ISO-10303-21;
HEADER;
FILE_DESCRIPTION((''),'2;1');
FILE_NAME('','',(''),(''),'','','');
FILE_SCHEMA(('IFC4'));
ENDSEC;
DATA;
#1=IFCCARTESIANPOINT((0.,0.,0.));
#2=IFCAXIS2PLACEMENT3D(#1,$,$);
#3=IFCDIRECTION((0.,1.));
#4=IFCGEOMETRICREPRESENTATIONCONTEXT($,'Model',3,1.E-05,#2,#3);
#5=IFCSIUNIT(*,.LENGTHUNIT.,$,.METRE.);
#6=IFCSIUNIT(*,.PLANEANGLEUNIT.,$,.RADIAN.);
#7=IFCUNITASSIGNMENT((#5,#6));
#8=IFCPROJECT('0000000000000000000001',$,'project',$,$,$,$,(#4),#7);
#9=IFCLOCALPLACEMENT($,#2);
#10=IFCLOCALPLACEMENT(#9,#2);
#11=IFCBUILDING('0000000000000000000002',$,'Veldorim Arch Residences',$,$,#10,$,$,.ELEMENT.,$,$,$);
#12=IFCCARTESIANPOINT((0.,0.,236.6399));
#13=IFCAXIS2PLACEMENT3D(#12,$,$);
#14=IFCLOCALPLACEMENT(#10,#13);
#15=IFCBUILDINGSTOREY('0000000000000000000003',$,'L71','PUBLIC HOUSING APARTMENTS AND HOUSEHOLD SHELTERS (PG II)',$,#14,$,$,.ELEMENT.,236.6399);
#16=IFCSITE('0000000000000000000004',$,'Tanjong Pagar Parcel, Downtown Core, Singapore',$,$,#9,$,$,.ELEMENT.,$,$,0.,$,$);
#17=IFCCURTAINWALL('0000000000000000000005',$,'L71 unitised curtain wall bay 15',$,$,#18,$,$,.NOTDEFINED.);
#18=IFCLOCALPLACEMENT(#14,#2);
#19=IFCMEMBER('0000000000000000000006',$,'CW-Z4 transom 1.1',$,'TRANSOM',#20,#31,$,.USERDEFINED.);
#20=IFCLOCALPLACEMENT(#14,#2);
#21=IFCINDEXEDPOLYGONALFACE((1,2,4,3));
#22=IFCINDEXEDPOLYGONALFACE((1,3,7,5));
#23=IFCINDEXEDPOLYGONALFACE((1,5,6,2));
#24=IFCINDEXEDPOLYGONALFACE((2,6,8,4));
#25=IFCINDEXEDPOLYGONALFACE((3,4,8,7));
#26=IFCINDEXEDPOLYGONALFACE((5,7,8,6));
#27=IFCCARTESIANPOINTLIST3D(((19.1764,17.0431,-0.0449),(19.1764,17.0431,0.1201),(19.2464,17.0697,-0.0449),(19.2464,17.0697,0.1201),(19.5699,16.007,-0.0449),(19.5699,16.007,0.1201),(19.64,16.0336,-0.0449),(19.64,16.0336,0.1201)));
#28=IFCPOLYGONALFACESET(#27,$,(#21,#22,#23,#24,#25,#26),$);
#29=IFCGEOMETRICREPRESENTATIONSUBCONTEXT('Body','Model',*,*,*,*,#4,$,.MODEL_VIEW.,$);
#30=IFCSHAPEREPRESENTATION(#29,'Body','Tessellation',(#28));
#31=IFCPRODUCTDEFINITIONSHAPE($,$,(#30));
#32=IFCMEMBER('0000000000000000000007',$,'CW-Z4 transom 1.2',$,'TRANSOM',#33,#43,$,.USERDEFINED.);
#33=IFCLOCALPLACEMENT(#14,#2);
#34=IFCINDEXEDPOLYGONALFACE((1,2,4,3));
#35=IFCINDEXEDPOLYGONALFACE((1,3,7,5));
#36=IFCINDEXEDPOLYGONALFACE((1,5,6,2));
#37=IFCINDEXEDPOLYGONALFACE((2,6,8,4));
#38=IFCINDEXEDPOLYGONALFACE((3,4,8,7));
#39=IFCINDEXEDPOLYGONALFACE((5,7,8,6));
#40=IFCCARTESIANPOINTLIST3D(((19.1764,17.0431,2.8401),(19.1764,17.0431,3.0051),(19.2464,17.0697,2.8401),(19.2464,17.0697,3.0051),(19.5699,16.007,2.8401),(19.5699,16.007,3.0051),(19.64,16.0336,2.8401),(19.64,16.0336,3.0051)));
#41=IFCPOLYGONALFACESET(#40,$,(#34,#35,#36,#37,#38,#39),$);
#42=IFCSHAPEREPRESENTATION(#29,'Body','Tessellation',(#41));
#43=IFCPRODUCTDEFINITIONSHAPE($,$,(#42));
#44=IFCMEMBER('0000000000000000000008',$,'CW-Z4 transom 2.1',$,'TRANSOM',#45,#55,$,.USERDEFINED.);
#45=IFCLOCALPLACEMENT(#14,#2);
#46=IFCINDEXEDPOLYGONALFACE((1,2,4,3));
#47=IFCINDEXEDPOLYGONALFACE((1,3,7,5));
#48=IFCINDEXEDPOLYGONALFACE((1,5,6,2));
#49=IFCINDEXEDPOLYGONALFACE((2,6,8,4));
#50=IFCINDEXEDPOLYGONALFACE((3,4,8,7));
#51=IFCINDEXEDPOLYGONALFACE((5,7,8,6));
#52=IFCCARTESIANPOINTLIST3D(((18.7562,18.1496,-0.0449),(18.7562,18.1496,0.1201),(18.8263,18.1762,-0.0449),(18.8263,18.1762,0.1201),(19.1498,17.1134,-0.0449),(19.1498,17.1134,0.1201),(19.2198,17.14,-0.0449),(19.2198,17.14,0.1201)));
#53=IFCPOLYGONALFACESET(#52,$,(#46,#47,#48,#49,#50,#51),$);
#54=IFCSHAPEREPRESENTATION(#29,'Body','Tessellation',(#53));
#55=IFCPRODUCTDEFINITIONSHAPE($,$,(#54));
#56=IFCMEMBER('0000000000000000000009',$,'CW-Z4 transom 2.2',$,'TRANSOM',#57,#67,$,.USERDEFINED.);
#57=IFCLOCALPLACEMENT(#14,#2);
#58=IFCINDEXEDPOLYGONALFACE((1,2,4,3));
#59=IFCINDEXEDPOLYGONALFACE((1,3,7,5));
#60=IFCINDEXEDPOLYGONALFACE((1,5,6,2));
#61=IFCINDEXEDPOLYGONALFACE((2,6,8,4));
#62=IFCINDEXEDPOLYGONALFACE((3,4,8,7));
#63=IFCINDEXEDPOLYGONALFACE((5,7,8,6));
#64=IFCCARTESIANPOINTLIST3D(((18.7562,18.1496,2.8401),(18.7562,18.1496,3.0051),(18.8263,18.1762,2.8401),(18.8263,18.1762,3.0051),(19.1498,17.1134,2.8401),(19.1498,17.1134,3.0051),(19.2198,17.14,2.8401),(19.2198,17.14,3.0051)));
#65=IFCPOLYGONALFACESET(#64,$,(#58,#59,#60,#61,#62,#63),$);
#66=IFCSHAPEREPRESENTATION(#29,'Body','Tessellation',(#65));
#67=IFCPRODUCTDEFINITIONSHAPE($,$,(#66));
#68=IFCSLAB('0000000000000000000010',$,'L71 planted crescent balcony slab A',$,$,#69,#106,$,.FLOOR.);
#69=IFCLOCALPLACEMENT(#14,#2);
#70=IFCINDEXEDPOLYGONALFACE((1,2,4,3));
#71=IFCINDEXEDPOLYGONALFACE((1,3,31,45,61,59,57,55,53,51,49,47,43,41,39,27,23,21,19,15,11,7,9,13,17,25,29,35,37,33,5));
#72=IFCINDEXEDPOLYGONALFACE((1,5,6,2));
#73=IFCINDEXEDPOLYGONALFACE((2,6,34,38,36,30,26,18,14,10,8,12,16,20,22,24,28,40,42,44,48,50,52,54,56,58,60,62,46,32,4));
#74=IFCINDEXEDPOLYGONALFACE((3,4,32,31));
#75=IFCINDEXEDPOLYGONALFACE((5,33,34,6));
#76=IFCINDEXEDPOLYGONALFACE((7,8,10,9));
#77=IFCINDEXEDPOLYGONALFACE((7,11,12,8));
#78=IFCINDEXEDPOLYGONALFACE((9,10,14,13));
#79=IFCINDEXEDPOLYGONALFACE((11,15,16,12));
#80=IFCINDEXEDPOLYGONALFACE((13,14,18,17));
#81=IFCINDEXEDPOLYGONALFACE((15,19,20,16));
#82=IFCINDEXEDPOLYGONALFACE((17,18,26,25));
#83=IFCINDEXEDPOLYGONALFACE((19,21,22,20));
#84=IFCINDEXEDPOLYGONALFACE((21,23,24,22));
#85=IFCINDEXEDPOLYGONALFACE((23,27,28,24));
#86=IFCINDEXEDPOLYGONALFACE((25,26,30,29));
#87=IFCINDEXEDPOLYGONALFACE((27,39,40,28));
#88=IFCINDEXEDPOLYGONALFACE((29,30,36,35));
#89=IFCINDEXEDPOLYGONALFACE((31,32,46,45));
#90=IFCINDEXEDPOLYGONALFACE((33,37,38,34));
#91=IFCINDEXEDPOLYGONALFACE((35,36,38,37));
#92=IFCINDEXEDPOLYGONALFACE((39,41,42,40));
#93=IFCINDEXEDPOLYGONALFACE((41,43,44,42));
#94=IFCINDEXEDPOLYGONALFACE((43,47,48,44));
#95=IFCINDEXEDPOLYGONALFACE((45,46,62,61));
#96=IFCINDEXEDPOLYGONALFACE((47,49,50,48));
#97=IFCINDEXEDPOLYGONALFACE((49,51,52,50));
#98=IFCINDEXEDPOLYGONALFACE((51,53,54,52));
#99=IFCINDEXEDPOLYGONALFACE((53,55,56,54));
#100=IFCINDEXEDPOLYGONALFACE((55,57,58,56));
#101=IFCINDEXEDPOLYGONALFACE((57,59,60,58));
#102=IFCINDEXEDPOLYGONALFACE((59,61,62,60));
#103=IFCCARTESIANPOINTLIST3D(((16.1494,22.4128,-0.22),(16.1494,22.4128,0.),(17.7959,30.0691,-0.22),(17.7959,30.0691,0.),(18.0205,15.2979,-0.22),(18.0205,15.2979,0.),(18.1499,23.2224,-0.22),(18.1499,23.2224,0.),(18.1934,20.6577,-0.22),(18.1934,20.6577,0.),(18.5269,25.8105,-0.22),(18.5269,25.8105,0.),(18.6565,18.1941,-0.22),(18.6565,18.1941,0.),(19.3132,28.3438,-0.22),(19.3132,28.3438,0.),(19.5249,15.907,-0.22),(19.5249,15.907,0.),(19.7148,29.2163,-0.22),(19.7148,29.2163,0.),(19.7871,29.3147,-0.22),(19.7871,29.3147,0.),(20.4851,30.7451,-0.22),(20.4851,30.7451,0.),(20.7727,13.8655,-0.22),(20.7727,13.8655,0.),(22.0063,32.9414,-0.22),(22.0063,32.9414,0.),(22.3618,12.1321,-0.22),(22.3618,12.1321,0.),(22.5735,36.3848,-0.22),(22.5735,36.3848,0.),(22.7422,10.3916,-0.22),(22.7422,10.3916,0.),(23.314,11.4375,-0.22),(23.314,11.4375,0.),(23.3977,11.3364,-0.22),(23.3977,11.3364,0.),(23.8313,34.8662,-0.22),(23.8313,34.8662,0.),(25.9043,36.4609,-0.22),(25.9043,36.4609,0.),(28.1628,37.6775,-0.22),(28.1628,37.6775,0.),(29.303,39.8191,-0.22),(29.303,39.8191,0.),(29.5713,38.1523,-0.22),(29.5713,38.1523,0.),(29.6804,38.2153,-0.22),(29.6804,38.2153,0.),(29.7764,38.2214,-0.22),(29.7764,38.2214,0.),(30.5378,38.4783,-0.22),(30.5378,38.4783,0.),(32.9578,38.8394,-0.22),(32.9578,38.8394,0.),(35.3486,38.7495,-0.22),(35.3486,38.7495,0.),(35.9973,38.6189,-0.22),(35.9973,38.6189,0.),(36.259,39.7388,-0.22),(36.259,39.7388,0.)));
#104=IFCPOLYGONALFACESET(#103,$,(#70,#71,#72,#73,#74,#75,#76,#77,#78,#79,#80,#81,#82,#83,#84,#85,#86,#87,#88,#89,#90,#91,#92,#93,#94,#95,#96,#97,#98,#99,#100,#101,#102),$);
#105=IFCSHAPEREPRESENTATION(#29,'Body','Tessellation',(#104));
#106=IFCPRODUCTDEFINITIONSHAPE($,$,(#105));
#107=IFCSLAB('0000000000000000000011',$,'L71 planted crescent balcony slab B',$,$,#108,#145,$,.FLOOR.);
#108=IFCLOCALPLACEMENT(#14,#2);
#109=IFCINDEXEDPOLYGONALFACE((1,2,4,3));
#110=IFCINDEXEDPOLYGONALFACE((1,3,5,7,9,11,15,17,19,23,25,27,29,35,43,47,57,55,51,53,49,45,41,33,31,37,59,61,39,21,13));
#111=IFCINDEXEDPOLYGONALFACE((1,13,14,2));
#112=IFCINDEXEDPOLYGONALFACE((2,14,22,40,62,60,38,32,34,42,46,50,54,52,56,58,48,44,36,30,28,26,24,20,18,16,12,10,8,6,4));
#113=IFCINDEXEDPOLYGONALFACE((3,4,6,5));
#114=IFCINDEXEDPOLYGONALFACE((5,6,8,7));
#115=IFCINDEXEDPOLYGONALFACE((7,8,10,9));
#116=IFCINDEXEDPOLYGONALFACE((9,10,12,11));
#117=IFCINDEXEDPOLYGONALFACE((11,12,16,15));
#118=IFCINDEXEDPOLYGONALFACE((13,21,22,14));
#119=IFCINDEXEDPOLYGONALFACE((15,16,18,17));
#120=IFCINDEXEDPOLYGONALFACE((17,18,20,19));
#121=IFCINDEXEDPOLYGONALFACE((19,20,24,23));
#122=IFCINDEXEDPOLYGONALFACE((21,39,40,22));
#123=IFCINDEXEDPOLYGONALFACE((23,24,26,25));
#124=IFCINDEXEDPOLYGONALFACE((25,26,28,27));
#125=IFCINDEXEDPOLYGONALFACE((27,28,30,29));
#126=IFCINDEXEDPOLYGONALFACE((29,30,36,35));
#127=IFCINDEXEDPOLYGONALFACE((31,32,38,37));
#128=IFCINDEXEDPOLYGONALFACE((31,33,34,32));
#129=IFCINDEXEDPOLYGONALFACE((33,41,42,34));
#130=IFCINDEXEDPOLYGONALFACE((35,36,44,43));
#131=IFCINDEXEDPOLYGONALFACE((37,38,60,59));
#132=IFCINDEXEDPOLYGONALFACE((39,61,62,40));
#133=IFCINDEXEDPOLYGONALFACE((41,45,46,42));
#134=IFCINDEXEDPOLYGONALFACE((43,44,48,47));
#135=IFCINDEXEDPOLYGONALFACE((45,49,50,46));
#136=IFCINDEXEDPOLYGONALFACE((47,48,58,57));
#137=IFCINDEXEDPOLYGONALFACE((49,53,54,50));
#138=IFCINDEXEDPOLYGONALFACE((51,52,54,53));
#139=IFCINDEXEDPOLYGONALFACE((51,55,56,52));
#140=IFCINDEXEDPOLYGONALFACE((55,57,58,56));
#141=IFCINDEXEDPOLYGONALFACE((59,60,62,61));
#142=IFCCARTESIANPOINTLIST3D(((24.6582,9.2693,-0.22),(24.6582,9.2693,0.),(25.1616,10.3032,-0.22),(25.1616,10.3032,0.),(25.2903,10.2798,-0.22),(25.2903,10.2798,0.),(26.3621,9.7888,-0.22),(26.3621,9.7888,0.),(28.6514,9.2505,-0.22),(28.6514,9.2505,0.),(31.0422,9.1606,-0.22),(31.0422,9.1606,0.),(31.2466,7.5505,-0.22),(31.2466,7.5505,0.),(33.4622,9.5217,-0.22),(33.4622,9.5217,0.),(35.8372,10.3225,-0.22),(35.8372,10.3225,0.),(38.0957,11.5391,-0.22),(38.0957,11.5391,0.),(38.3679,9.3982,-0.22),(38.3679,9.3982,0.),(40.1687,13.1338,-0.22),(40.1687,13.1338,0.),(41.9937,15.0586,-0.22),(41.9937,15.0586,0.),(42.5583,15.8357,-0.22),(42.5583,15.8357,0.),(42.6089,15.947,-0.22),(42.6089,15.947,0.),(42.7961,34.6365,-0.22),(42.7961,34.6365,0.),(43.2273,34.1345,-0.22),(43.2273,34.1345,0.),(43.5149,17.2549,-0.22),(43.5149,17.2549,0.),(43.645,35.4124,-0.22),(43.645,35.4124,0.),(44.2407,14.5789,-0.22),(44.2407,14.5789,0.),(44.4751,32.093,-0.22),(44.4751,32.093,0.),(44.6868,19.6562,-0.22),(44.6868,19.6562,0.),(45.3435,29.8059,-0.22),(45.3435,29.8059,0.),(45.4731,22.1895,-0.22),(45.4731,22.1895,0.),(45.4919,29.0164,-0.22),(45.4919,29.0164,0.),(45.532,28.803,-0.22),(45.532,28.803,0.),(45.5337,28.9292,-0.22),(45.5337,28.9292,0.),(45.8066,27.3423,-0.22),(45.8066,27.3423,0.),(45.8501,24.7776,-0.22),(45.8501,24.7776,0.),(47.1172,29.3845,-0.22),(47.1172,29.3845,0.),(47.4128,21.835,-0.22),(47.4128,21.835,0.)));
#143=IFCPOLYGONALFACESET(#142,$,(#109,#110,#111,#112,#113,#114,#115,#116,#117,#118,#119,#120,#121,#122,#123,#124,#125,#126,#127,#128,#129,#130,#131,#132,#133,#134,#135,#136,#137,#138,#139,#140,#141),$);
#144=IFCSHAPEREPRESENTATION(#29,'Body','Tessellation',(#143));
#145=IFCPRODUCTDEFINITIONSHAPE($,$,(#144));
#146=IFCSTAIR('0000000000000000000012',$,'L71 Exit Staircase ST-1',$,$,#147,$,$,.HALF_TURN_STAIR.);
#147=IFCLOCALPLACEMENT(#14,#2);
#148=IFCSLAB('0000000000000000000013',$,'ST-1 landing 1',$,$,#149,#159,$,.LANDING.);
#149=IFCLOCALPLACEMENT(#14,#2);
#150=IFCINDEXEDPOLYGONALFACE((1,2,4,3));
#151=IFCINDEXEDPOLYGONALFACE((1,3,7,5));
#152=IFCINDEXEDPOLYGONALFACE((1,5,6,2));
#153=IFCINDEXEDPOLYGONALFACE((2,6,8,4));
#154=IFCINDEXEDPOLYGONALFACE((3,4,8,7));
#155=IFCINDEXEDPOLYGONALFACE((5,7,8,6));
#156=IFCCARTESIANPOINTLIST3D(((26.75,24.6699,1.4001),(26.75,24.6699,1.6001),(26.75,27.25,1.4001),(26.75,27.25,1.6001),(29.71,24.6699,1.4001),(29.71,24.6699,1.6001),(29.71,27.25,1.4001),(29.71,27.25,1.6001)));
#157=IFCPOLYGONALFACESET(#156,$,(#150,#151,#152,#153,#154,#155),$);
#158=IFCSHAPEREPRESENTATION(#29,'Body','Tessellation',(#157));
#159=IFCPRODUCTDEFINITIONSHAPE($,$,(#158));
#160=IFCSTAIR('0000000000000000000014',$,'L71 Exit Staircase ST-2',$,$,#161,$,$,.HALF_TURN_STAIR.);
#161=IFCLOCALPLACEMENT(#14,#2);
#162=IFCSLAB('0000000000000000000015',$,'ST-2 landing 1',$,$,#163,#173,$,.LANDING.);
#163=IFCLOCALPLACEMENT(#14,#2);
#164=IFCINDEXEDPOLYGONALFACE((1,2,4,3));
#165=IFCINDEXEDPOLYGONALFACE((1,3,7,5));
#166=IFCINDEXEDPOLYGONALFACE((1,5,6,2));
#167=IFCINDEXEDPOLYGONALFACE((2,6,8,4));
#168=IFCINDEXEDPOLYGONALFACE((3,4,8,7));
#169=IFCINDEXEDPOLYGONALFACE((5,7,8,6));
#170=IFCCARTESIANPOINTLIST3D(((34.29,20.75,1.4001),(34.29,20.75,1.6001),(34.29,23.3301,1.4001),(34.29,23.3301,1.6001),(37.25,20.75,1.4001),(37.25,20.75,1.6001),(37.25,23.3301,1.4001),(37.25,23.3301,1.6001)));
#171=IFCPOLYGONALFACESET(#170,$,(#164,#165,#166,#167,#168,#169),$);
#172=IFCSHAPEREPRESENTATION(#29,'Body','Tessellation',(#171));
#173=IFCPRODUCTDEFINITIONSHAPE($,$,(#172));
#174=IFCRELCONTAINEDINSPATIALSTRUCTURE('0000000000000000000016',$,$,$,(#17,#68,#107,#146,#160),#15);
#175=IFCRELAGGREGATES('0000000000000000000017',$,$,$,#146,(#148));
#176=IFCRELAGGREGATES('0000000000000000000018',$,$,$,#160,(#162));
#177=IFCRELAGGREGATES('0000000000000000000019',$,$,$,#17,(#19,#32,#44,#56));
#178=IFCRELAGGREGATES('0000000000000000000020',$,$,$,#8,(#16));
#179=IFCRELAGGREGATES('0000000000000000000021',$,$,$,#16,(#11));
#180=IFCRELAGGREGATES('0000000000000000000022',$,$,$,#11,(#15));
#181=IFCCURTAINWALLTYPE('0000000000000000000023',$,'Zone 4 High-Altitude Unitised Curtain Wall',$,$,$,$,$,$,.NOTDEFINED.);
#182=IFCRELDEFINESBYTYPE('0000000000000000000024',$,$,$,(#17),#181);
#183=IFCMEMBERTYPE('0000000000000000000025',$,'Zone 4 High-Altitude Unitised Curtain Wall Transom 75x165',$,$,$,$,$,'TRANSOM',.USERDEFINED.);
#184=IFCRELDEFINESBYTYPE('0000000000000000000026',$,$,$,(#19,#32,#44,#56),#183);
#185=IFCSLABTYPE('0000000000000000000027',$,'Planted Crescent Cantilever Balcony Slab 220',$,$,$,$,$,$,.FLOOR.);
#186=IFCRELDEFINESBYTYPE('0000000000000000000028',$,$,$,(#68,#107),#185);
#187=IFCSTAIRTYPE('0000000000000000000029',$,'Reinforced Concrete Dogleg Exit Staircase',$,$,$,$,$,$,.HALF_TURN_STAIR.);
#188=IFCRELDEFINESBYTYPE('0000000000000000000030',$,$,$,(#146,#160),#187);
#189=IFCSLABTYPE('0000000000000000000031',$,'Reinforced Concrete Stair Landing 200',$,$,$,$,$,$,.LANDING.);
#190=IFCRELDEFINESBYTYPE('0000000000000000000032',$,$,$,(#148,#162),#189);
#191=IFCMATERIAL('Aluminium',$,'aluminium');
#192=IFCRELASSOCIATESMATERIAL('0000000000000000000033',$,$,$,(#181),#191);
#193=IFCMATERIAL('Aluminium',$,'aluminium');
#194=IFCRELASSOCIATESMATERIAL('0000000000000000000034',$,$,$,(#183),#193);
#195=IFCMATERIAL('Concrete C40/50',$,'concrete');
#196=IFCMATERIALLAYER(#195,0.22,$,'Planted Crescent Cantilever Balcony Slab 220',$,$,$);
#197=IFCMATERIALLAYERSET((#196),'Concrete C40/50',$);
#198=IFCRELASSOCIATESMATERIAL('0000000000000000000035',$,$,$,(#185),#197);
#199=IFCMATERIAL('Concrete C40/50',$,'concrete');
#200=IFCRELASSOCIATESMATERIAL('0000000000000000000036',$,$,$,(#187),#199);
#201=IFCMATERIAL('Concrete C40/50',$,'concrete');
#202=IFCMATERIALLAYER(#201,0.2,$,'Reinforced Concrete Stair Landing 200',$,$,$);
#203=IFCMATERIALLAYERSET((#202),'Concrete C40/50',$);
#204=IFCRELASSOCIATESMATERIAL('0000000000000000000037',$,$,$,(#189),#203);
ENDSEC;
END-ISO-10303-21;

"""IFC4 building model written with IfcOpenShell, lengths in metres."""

from ifc_helpers import new_model, si_unit, direction, frame, origin, origin_2d, place, context, subcontext, project, spatial, polyline, rectangle, outline, extrude, material, layer, layer_set, material_profile, profile_set, type_object, element, aggregate, save


model = new_model("IFC4")

# Units and contexts
model_context = context("Model", 3, precision=1e-05, world=origin(), true_north=direction((0.0, 1.0)))
body_context = subcontext(model_context, "Body", "Model", "MODEL_VIEW")
ifc_project = project(units=[si_unit("LENGTHUNIT", "METRE"), si_unit("PLANEANGLEUNIT", "RADIAN")], contexts=[model_context])

# Site, building, storey
site_placement = place(None, origin())
site = spatial("IfcSite", under=ifc_project, at=site_placement, Name="Tanjong Pagar Parcel, Downtown Core, Singapore", CompositionType="ELEMENT", RefElevation=0.0)
building_placement = place(site_placement, origin())
building = spatial("IfcBuilding", under=site, at=building_placement, Name="Veldorim Arch Residences", CompositionType="ELEMENT")
storey_placement = place(building_placement, frame((0.0, 0.0, 236.6399)))
storey = spatial("IfcBuildingStorey", under=building, at=storey_placement, Name="L71", Description="PUBLIC HOUSING APARTMENTS AND HOUSEHOLD SHELTERS (PG II)", CompositionType="ELEMENT", Elevation=236.6399)

# Curtain wall, members
ifc_material_1 = material(Name="Aluminium", Category="aluminium")
curtain_wall_type = type_object("IfcCurtainWallType", Name="Zone 4 High-Altitude Unitised Curtain Wall", PredefinedType="NOTDEFINED", material=ifc_material_1)
curtain_wall_placement = place(storey_placement, origin())
curtain_wall = element("IfcCurtainWall", 1, at=curtain_wall_placement, inside=storey, type_object=curtain_wall_type, Name="L71 unitised curtain wall bay 15", PredefinedType="NOTDEFINED")
ifc_material_2 = material(Name="Aluminium", Category="aluminium")
ifc_material_profile_1 = material_profile(ifc_material_2, rectangle(XDim=0.075, YDim=0.165, at=origin_2d()), Name="ALU_TRN_75x165")
ifc_profile_set_1 = profile_set([ifc_material_profile_1], Name="Aluminium")
member_type_1 = type_object("IfcMemberType", Name="Zone 4 High-Altitude Unitised Curtain Wall Transom 75x165", ElementType="TRANSOM", PredefinedType="USERDEFINED", material=ifc_profile_set_1)
member_1_placement = place(storey_placement, frame((19.605, 16.0203, 0.0376), z_axis=(-0.355079, 0.934836, 0.0), x_axis=(-0.934836, -0.355079, 0.0)))
member_1 = element("IfcMember", 2, at=member_1_placement, type_object=member_type_1, Name="CW-Z4 transom 1.1", ObjectType="TRANSOM", PredefinedType="USERDEFINED", context=body_context, shape_type="SweptSolid", body=[
    extrude(rectangle(XDim=0.075, YDim=0.165, at=origin_2d()), origin(), (0.0, 0.0, 1.0), 1.1084),
])
member_2_placement = place(storey_placement, frame((19.605, 16.0203, 2.9226), z_axis=(-0.355079, 0.934836, 0.0), x_axis=(-0.934836, -0.355079, 0.0)))
member_2 = element("IfcMember", 3, at=member_2_placement, type_object=member_type_1, Name="CW-Z4 transom 1.2", ObjectType="TRANSOM", PredefinedType="USERDEFINED", context=body_context, shape_type="SweptSolid", body=[
    extrude(rectangle(XDim=0.075, YDim=0.165, at=origin_2d()), origin(), (0.0, 0.0, 1.0), 1.1084),
])
member_3_placement = place(storey_placement, frame((19.1848, 17.1267, 0.0376), z_axis=(-0.355079, 0.934836, 0.0), x_axis=(-0.934836, -0.355079, 0.0)))
member_3 = element("IfcMember", 4, at=member_3_placement, type_object=member_type_1, Name="CW-Z4 transom 2.1", ObjectType="TRANSOM", PredefinedType="USERDEFINED", context=body_context, shape_type="SweptSolid", body=[
    extrude(rectangle(XDim=0.075, YDim=0.165, at=origin_2d()), origin(), (0.0, 0.0, 1.0), 1.1084),
])
member_4_placement = place(storey_placement, frame((19.1848, 17.1267, 2.9226), z_axis=(-0.355079, 0.934836, 0.0), x_axis=(-0.934836, -0.355079, 0.0)))
member_4 = element("IfcMember", 5, at=member_4_placement, type_object=member_type_1, Name="CW-Z4 transom 2.2", ObjectType="TRANSOM", PredefinedType="USERDEFINED", context=body_context, shape_type="SweptSolid", body=[
    extrude(rectangle(XDim=0.075, YDim=0.165, at=origin_2d()), origin(), (0.0, 0.0, 1.0), 1.1084),
])

# Slabs
ifc_material_3 = material(Name="Concrete C40/50", Category="concrete")
ifc_layer_1 = layer(ifc_material_3, 0.22, Name="Planted Crescent Cantilever Balcony Slab 220")
ifc_layer_set_1 = layer_set([ifc_layer_1], Name="Concrete C40/50")
slab_type_1 = type_object("IfcSlabType", Name="Planted Crescent Cantilever Balcony Slab 220", PredefinedType="FLOOR", material=ifc_layer_set_1)
slab_1_placement = place(storey_placement, frame((0.0, 0.0, -0.22)))
element("IfcSlab", 6, at=slab_1_placement, inside=storey, type_object=slab_type_1, Name="L71 planted crescent balcony slab A", PredefinedType="FLOOR", context=body_context, shape_type="SweptSolid", body=[
    extrude(outline(polyline([(35.9973, 38.6189), (35.3486, 38.7495), (32.9578, 38.8394), (30.5378, 38.4783), (29.7764, 38.2214), (29.6804, 38.2153), (29.5713, 38.1523), (28.1628, 37.6775), (25.9043, 36.4609), (23.8313, 34.8662), (22.0063, 32.9414), (20.4851, 30.7451), (19.7871, 29.3147), (19.7148, 29.2163), (19.3132, 28.3438), (18.5269, 25.8105), (18.1499, 23.2224), (18.1934, 20.6577), (18.6565, 18.1941), (19.5249, 15.907), (20.7727, 13.8655), (22.3618, 12.1321), (23.314, 11.4375), (23.3977, 11.3364), (22.7422, 10.3916), (18.0205, 15.2979), (16.1494, 22.4128), (17.7959, 30.0691), (22.5735, 36.3848), (29.303, 39.8191), (36.259, 39.7388), (35.9973, 38.6189)])), origin(), (0.0, 0.0, 1.0), 0.22),
])
slab_2_placement = place(storey_placement, frame((0.0, 0.0, -0.22)))
element("IfcSlab", 7, at=slab_2_placement, inside=storey, type_object=slab_type_1, Name="L71 planted crescent balcony slab B", PredefinedType="FLOOR", context=body_context, shape_type="SweptSolid", body=[
    extrude(outline(polyline([(25.2903, 10.2798), (26.3621, 9.7888), (28.6514, 9.2505), (31.0422, 9.1606), (33.4622, 9.5217), (35.8372, 10.3225), (38.0957, 11.5391), (40.1687, 13.1338), (41.9937, 15.0586), (42.5583, 15.8357), (42.6089, 15.947), (43.5149, 17.2549), (44.6868, 19.6562), (45.4731, 22.1895), (45.8501, 24.7776), (45.8066, 27.3423), (45.532, 28.803), (45.5337, 28.9292), (45.4919, 29.0164), (45.3435, 29.8059), (44.4751, 32.093), (43.2273, 34.1345), (42.7961, 34.6365), (43.645, 35.4124), (47.1172, 29.3845), (47.4128, 21.835), (44.2407, 14.5789), (38.3679, 9.3982), (31.2466, 7.5505), (24.6582, 9.2693), (25.1616, 10.3032), (25.2903, 10.2798)])), origin(), (0.0, 0.0, 1.0), 0.22),
])

# Stairs, slabs
ifc_material_4 = material(Name="Concrete C40/50", Category="concrete")
stair_type = type_object("IfcStairType", Name="Reinforced Concrete Dogleg Exit Staircase", PredefinedType="HALF_TURN_STAIR", material=ifc_material_4)
stair_1_placement = place(storey_placement, origin())
stair_1 = element("IfcStair", 8, at=stair_1_placement, inside=storey, type_object=stair_type, Name="L71 Exit Staircase ST-1", PredefinedType="HALF_TURN_STAIR")
ifc_material_5 = material(Name="Concrete C40/50", Category="concrete")
ifc_layer_2 = layer(ifc_material_5, 0.2, Name="Reinforced Concrete Stair Landing 200")
ifc_layer_set_2 = layer_set([ifc_layer_2], Name="Concrete C40/50")
slab_type_2 = type_object("IfcSlabType", Name="Reinforced Concrete Stair Landing 200", PredefinedType="LANDING", material=ifc_layer_set_2)
slab_3_placement = place(storey_placement, frame((0.0, 0.0, 1.4001)))
slab_3 = element("IfcSlab", 9, at=slab_3_placement, type_object=slab_type_2, Name="ST-1 landing 1", PredefinedType="LANDING", context=body_context, shape_type="SweptSolid", body=[
    extrude(outline(polyline([(29.71, 24.6699), (29.71, 27.25), (26.75, 27.25), (26.75, 24.6699), (29.71, 24.6699)])), origin(), (0.0, 0.0, 1.0), 0.2),
])
aggregate(stair_1, [slab_3])
stair_2_placement = place(storey_placement, origin())
stair_2 = element("IfcStair", 10, at=stair_2_placement, inside=storey, type_object=stair_type, Name="L71 Exit Staircase ST-2", PredefinedType="HALF_TURN_STAIR")
slab_4_placement = place(storey_placement, frame((0.0, 0.0, 1.4001)))
slab_4 = element("IfcSlab", 11, at=slab_4_placement, type_object=slab_type_2, Name="ST-2 landing 1", PredefinedType="LANDING", context=body_context, shape_type="SweptSolid", body=[
    extrude(outline(polyline([(34.29, 23.3301), (34.29, 20.75), (37.25, 20.75), (37.25, 23.3301), (34.29, 23.3301)])), origin(), (0.0, 0.0, 1.0), 0.2),
])
aggregate(stair_2, [slab_4])

aggregate(curtain_wall, [member_1, member_2, member_3, member_4])

save(model, "model.ifc")
